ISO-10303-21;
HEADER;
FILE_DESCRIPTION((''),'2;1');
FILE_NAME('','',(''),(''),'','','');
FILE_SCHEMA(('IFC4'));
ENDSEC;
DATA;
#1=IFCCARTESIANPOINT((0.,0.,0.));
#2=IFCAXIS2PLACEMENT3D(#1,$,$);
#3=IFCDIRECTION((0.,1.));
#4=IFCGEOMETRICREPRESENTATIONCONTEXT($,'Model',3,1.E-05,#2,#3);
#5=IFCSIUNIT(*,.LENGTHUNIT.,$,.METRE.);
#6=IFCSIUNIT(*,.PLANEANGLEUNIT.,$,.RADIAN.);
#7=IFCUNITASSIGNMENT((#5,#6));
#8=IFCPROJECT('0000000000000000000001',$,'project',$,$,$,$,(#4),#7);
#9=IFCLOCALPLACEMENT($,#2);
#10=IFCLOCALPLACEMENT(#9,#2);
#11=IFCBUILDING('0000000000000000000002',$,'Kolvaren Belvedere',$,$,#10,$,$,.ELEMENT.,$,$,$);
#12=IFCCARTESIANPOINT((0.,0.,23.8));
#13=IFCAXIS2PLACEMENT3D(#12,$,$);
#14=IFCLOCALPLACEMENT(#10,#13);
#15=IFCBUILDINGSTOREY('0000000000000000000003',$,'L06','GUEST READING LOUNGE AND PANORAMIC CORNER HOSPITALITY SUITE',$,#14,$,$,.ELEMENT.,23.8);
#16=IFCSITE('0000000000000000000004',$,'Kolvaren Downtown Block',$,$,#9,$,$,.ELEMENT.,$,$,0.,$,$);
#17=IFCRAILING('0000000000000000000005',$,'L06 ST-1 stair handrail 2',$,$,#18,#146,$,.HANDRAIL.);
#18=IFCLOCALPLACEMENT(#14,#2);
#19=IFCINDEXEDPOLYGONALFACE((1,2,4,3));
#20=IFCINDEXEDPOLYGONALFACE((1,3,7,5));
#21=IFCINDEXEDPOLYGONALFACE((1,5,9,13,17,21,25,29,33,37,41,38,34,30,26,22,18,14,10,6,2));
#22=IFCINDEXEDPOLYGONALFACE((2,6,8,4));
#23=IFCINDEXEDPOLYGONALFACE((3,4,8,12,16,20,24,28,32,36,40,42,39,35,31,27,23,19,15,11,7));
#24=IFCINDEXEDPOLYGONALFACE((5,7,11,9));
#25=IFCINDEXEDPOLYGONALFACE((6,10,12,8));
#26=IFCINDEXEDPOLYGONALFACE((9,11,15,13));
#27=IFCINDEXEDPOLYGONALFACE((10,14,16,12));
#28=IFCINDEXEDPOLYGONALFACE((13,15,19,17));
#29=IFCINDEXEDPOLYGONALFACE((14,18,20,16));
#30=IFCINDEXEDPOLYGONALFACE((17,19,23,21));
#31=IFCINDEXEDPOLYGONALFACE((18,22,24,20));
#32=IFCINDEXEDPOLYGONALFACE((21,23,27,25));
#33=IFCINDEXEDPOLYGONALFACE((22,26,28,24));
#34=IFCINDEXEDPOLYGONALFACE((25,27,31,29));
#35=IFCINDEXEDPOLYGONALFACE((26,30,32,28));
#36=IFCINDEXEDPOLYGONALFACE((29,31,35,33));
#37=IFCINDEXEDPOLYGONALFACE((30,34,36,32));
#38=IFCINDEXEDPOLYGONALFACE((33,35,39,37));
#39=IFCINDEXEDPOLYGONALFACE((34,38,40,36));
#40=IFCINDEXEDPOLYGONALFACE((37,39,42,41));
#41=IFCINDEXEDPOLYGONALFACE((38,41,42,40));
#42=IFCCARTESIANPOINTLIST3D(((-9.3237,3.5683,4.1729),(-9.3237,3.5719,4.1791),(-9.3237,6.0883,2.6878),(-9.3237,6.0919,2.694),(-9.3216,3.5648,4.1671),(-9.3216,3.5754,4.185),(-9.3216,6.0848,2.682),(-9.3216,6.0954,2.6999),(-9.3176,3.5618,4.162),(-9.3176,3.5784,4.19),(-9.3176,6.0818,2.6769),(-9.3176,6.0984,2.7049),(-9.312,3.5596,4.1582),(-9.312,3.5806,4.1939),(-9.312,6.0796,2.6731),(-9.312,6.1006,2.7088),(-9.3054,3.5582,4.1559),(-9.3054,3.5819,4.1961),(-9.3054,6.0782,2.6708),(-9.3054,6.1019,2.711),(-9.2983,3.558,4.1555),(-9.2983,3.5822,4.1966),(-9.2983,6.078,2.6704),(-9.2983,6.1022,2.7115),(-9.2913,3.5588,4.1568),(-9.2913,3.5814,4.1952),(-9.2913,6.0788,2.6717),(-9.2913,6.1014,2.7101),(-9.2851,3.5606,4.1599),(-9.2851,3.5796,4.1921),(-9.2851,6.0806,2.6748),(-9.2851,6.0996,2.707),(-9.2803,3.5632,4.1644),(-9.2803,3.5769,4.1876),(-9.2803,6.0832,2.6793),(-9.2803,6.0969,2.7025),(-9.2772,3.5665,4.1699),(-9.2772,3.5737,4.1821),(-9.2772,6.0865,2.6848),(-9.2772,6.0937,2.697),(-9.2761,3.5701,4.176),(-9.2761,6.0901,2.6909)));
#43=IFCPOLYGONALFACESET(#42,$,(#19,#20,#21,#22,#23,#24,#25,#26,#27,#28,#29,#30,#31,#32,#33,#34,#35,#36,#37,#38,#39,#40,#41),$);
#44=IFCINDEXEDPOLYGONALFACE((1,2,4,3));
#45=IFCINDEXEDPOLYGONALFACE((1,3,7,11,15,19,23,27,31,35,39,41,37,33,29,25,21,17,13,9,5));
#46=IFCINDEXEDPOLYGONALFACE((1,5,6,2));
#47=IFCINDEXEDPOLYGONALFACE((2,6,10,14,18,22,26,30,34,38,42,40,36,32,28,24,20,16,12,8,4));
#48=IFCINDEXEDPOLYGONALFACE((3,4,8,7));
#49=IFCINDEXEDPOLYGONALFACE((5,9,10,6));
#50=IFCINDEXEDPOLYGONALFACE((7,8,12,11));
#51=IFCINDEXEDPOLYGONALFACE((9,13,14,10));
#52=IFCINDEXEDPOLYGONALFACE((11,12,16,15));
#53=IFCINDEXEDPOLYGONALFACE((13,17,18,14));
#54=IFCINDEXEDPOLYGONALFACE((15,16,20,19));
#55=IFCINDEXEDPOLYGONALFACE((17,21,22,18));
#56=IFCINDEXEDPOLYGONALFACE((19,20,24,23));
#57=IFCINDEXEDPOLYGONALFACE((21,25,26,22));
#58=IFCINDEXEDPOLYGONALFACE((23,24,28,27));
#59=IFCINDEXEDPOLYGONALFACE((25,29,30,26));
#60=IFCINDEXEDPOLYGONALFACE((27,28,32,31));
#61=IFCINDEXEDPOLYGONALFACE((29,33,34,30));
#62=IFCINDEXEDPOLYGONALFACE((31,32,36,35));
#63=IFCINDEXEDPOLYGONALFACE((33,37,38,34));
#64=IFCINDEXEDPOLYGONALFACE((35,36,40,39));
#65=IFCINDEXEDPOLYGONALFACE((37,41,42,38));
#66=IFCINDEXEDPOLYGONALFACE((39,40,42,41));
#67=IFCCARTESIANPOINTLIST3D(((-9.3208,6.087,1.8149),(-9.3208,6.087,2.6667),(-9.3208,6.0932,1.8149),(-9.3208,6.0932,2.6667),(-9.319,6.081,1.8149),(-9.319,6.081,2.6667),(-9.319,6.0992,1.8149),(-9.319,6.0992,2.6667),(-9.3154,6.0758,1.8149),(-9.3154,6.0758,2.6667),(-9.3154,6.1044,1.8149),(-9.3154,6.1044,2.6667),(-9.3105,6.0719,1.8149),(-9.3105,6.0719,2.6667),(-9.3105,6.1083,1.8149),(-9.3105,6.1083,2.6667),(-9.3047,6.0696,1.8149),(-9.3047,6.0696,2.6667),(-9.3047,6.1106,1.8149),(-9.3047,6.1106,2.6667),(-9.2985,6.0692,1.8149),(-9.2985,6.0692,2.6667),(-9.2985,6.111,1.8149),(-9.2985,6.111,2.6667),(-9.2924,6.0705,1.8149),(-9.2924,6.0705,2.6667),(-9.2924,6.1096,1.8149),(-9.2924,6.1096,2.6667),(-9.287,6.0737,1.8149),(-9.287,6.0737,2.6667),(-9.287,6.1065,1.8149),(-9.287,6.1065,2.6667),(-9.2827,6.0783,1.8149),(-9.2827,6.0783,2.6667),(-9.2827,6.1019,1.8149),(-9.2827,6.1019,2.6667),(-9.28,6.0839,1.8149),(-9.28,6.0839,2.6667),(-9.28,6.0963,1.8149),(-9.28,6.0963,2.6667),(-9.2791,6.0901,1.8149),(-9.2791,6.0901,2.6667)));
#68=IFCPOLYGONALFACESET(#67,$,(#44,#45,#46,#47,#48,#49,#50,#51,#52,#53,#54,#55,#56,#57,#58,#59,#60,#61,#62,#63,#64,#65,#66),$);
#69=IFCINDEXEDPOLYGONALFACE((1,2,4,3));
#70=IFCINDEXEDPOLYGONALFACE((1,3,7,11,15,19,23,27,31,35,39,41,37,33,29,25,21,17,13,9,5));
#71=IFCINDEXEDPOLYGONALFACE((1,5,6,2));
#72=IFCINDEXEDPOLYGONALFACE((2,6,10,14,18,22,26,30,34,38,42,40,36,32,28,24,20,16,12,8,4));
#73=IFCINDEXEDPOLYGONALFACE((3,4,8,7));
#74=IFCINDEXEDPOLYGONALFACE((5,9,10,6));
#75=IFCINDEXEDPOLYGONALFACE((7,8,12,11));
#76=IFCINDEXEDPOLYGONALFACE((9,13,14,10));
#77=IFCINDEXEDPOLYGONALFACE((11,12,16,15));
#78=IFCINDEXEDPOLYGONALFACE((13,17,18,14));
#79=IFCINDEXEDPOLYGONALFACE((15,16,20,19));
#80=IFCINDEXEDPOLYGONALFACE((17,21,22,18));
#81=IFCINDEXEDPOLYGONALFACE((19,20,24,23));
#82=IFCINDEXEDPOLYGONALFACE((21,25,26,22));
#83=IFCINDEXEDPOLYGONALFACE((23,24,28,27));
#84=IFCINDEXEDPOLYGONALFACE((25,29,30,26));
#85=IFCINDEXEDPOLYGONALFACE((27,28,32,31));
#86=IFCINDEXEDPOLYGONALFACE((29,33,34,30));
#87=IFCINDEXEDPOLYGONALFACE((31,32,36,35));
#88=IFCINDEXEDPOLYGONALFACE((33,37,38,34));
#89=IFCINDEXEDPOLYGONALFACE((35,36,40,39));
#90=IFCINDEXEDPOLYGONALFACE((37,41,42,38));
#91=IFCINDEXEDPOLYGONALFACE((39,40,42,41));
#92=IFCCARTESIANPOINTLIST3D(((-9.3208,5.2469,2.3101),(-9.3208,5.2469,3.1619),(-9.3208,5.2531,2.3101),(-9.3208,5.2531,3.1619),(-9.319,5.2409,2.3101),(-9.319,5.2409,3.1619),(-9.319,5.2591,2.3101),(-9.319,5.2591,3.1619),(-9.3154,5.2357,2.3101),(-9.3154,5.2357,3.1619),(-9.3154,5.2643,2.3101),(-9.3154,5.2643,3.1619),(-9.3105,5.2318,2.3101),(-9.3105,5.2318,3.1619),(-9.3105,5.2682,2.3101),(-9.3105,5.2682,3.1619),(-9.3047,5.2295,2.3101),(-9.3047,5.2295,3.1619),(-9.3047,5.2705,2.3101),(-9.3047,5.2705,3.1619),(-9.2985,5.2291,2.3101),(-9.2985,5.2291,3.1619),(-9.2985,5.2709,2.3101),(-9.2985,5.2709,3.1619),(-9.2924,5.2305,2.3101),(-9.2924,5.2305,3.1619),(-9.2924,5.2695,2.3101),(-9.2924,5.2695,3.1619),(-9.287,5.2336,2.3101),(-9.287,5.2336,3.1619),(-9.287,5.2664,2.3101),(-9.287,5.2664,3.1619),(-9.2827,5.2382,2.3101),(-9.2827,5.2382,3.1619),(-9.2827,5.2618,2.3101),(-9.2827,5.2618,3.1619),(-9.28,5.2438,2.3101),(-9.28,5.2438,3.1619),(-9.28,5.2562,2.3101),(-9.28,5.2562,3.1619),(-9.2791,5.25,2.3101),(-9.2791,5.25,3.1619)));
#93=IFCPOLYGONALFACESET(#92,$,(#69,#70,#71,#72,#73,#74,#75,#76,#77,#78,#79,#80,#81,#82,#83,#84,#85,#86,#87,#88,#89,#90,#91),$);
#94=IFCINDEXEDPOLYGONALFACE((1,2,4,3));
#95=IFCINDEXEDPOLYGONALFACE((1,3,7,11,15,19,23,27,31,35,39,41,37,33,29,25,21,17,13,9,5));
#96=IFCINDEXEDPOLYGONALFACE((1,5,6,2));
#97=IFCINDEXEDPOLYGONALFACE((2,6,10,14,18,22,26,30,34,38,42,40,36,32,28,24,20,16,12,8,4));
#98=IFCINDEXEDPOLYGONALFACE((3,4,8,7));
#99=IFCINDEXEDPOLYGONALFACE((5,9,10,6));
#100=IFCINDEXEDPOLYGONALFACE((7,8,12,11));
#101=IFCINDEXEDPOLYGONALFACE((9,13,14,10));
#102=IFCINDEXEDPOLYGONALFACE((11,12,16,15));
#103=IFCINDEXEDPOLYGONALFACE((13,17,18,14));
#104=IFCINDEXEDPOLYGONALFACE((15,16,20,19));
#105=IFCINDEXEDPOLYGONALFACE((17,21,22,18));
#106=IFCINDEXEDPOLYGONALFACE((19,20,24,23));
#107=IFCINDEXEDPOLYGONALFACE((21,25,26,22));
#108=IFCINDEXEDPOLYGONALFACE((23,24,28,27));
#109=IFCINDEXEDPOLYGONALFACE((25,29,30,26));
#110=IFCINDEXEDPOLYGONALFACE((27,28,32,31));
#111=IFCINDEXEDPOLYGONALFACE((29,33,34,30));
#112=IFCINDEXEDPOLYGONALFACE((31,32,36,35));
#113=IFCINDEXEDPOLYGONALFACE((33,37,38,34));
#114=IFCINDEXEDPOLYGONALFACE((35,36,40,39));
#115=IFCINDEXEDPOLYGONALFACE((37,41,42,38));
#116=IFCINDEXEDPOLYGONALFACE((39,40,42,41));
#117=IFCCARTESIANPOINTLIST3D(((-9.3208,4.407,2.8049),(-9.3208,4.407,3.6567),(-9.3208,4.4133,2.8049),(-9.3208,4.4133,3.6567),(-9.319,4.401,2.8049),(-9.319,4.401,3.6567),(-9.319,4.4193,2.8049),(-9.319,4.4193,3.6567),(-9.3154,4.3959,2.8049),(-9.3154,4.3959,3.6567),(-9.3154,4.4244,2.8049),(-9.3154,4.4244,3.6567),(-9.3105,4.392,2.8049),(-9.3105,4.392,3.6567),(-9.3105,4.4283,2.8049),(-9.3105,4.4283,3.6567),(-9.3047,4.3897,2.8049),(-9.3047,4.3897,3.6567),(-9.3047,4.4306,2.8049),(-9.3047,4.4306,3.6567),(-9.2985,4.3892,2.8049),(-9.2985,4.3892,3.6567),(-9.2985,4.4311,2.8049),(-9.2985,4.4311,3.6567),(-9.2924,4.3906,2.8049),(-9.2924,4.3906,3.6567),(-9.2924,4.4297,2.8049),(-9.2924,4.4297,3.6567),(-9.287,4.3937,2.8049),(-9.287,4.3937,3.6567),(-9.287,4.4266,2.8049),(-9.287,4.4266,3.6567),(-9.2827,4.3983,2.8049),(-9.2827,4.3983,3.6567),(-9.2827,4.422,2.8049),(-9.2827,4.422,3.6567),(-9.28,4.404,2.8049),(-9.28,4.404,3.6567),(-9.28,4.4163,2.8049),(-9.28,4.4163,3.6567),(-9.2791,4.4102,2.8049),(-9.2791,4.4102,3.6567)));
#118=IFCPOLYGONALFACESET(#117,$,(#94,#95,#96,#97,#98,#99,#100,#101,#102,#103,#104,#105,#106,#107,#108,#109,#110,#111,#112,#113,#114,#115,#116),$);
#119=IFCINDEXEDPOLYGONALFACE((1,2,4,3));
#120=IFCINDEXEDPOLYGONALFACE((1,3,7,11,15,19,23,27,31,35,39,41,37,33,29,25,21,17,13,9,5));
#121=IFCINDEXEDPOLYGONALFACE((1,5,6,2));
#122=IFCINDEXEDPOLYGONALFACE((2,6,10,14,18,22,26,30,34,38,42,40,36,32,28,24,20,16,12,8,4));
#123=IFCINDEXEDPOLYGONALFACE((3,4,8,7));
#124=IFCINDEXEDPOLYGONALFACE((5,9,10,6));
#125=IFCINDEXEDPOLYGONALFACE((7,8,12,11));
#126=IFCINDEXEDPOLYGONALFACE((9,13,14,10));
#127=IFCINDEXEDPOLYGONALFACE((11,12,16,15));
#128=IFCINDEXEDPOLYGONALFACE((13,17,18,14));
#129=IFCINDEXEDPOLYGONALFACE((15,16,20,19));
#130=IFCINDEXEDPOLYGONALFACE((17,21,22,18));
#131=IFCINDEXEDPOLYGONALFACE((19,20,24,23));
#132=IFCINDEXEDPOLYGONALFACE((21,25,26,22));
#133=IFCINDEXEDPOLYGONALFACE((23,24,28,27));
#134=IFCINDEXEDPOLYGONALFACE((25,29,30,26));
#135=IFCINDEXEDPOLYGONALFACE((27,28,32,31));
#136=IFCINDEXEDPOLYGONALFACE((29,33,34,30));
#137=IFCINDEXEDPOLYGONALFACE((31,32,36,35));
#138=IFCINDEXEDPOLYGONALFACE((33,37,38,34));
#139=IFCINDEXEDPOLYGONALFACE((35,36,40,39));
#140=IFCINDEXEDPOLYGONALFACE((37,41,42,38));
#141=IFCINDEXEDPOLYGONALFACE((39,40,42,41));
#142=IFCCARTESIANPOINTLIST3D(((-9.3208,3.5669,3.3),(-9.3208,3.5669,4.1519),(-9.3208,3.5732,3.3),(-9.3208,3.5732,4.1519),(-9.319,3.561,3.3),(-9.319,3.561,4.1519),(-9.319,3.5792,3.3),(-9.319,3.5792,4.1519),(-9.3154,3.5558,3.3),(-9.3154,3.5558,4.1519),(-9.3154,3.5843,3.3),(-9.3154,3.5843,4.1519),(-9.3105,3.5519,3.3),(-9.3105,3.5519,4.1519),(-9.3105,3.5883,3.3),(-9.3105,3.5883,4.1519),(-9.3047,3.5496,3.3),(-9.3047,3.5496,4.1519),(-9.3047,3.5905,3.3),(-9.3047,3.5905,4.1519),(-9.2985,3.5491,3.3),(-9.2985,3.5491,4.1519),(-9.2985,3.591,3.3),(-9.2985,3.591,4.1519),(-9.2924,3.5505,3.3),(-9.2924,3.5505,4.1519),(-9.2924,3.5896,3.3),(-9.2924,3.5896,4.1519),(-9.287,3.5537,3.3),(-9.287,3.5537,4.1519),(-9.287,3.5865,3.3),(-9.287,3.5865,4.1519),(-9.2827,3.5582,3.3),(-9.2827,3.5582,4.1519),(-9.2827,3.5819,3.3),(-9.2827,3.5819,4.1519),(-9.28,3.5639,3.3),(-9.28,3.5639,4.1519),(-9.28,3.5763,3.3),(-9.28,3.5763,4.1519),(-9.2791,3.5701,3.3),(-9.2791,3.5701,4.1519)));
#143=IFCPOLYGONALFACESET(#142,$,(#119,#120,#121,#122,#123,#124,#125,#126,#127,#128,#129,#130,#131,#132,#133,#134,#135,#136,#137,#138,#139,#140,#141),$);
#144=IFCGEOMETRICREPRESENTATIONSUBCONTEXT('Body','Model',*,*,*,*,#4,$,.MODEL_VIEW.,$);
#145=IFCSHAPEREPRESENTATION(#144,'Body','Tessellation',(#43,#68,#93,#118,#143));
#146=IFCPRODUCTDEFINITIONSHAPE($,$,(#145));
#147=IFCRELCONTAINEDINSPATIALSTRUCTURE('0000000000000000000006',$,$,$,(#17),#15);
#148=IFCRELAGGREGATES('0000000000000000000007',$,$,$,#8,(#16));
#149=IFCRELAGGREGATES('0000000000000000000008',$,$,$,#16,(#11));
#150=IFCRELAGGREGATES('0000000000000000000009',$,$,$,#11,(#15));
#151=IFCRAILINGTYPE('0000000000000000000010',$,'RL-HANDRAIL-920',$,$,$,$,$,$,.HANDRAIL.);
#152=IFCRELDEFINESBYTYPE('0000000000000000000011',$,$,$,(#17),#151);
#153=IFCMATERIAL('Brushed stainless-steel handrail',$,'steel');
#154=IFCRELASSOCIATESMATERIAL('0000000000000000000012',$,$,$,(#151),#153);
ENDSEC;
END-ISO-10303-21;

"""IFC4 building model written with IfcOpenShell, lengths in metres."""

from ifc_helpers import new_model, si_unit, direction, frame, origin, origin_2d, place, context, subcontext, project, spatial, circle, extrude, material, type_object, element, save


model = new_model("IFC4")

# Units and contexts
model_context = context("Model", 3, precision=1e-05, world=origin(), true_north=direction((0.0, 1.0)))
body_context = subcontext(model_context, "Body", "Model", "MODEL_VIEW")
ifc_project = project(units=[si_unit("LENGTHUNIT", "METRE"), si_unit("PLANEANGLEUNIT", "RADIAN")], contexts=[model_context])

# Site, building, storey
site_placement = place(None, origin())
site = spatial("IfcSite", under=ifc_project, at=site_placement, Name="Kolvaren Downtown Block", CompositionType="ELEMENT", RefElevation=0.0)
building_placement = place(site_placement, origin())
building = spatial("IfcBuilding", under=site, at=building_placement, Name="Kolvaren Belvedere", CompositionType="ELEMENT")
storey_placement = place(building_placement, frame((0.0, 0.0, 23.8)))
storey = spatial("IfcBuildingStorey", under=building, at=storey_placement, Name="L06", Description="GUEST READING LOUNGE AND PANORAMIC CORNER HOSPITALITY SUITE", CompositionType="ELEMENT", Elevation=23.8)

# Railing
ifc_material_1 = material(Name="Brushed stainless-steel handrail", Category="steel")
railing_type_1 = type_object("IfcRailingType", Name="RL-HANDRAIL-920", PredefinedType="HANDRAIL", material=ifc_material_1)
railing_1_placement = place(storey_placement, frame((-9.3, 6.0901, 1.8149)))
element("IfcRailing", 1, at=railing_1_placement, inside=storey, type_object=railing_type_1, Name="L06 ST-1 stair handrail 2", PredefinedType="HANDRAIL", context=body_context, shape_type="SweptSolid", body=[
    extrude(circle(Radius=0.0239, at=origin_2d()), frame((0.0, 0.0, 0.876), z_axis=(0.0, -0.861524, 0.507717), x_axis=(1.0, 0.0, 0.0)), (0.0, 0.0, 1.0), 2.925),
    extrude(circle(Radius=0.021, at=origin_2d()), origin(), (0.0, 0.0, 1.0), 0.8518),
    extrude(circle(Radius=0.021, at=origin_2d()), frame((0.0, -0.8401, 0.4951)), (0.0, 0.0, 1.0), 0.8518),
    extrude(circle(Radius=0.021, at=origin_2d()), frame((0.0, -1.6799, 0.99)), (0.0, 0.0, 1.0), 0.8518),
    extrude(circle(Radius=0.021, at=origin_2d()), frame((0.0, -2.52, 1.4851)), (0.0, 0.0, 1.0), 0.8518),
])

save(model, "model.ifc")
